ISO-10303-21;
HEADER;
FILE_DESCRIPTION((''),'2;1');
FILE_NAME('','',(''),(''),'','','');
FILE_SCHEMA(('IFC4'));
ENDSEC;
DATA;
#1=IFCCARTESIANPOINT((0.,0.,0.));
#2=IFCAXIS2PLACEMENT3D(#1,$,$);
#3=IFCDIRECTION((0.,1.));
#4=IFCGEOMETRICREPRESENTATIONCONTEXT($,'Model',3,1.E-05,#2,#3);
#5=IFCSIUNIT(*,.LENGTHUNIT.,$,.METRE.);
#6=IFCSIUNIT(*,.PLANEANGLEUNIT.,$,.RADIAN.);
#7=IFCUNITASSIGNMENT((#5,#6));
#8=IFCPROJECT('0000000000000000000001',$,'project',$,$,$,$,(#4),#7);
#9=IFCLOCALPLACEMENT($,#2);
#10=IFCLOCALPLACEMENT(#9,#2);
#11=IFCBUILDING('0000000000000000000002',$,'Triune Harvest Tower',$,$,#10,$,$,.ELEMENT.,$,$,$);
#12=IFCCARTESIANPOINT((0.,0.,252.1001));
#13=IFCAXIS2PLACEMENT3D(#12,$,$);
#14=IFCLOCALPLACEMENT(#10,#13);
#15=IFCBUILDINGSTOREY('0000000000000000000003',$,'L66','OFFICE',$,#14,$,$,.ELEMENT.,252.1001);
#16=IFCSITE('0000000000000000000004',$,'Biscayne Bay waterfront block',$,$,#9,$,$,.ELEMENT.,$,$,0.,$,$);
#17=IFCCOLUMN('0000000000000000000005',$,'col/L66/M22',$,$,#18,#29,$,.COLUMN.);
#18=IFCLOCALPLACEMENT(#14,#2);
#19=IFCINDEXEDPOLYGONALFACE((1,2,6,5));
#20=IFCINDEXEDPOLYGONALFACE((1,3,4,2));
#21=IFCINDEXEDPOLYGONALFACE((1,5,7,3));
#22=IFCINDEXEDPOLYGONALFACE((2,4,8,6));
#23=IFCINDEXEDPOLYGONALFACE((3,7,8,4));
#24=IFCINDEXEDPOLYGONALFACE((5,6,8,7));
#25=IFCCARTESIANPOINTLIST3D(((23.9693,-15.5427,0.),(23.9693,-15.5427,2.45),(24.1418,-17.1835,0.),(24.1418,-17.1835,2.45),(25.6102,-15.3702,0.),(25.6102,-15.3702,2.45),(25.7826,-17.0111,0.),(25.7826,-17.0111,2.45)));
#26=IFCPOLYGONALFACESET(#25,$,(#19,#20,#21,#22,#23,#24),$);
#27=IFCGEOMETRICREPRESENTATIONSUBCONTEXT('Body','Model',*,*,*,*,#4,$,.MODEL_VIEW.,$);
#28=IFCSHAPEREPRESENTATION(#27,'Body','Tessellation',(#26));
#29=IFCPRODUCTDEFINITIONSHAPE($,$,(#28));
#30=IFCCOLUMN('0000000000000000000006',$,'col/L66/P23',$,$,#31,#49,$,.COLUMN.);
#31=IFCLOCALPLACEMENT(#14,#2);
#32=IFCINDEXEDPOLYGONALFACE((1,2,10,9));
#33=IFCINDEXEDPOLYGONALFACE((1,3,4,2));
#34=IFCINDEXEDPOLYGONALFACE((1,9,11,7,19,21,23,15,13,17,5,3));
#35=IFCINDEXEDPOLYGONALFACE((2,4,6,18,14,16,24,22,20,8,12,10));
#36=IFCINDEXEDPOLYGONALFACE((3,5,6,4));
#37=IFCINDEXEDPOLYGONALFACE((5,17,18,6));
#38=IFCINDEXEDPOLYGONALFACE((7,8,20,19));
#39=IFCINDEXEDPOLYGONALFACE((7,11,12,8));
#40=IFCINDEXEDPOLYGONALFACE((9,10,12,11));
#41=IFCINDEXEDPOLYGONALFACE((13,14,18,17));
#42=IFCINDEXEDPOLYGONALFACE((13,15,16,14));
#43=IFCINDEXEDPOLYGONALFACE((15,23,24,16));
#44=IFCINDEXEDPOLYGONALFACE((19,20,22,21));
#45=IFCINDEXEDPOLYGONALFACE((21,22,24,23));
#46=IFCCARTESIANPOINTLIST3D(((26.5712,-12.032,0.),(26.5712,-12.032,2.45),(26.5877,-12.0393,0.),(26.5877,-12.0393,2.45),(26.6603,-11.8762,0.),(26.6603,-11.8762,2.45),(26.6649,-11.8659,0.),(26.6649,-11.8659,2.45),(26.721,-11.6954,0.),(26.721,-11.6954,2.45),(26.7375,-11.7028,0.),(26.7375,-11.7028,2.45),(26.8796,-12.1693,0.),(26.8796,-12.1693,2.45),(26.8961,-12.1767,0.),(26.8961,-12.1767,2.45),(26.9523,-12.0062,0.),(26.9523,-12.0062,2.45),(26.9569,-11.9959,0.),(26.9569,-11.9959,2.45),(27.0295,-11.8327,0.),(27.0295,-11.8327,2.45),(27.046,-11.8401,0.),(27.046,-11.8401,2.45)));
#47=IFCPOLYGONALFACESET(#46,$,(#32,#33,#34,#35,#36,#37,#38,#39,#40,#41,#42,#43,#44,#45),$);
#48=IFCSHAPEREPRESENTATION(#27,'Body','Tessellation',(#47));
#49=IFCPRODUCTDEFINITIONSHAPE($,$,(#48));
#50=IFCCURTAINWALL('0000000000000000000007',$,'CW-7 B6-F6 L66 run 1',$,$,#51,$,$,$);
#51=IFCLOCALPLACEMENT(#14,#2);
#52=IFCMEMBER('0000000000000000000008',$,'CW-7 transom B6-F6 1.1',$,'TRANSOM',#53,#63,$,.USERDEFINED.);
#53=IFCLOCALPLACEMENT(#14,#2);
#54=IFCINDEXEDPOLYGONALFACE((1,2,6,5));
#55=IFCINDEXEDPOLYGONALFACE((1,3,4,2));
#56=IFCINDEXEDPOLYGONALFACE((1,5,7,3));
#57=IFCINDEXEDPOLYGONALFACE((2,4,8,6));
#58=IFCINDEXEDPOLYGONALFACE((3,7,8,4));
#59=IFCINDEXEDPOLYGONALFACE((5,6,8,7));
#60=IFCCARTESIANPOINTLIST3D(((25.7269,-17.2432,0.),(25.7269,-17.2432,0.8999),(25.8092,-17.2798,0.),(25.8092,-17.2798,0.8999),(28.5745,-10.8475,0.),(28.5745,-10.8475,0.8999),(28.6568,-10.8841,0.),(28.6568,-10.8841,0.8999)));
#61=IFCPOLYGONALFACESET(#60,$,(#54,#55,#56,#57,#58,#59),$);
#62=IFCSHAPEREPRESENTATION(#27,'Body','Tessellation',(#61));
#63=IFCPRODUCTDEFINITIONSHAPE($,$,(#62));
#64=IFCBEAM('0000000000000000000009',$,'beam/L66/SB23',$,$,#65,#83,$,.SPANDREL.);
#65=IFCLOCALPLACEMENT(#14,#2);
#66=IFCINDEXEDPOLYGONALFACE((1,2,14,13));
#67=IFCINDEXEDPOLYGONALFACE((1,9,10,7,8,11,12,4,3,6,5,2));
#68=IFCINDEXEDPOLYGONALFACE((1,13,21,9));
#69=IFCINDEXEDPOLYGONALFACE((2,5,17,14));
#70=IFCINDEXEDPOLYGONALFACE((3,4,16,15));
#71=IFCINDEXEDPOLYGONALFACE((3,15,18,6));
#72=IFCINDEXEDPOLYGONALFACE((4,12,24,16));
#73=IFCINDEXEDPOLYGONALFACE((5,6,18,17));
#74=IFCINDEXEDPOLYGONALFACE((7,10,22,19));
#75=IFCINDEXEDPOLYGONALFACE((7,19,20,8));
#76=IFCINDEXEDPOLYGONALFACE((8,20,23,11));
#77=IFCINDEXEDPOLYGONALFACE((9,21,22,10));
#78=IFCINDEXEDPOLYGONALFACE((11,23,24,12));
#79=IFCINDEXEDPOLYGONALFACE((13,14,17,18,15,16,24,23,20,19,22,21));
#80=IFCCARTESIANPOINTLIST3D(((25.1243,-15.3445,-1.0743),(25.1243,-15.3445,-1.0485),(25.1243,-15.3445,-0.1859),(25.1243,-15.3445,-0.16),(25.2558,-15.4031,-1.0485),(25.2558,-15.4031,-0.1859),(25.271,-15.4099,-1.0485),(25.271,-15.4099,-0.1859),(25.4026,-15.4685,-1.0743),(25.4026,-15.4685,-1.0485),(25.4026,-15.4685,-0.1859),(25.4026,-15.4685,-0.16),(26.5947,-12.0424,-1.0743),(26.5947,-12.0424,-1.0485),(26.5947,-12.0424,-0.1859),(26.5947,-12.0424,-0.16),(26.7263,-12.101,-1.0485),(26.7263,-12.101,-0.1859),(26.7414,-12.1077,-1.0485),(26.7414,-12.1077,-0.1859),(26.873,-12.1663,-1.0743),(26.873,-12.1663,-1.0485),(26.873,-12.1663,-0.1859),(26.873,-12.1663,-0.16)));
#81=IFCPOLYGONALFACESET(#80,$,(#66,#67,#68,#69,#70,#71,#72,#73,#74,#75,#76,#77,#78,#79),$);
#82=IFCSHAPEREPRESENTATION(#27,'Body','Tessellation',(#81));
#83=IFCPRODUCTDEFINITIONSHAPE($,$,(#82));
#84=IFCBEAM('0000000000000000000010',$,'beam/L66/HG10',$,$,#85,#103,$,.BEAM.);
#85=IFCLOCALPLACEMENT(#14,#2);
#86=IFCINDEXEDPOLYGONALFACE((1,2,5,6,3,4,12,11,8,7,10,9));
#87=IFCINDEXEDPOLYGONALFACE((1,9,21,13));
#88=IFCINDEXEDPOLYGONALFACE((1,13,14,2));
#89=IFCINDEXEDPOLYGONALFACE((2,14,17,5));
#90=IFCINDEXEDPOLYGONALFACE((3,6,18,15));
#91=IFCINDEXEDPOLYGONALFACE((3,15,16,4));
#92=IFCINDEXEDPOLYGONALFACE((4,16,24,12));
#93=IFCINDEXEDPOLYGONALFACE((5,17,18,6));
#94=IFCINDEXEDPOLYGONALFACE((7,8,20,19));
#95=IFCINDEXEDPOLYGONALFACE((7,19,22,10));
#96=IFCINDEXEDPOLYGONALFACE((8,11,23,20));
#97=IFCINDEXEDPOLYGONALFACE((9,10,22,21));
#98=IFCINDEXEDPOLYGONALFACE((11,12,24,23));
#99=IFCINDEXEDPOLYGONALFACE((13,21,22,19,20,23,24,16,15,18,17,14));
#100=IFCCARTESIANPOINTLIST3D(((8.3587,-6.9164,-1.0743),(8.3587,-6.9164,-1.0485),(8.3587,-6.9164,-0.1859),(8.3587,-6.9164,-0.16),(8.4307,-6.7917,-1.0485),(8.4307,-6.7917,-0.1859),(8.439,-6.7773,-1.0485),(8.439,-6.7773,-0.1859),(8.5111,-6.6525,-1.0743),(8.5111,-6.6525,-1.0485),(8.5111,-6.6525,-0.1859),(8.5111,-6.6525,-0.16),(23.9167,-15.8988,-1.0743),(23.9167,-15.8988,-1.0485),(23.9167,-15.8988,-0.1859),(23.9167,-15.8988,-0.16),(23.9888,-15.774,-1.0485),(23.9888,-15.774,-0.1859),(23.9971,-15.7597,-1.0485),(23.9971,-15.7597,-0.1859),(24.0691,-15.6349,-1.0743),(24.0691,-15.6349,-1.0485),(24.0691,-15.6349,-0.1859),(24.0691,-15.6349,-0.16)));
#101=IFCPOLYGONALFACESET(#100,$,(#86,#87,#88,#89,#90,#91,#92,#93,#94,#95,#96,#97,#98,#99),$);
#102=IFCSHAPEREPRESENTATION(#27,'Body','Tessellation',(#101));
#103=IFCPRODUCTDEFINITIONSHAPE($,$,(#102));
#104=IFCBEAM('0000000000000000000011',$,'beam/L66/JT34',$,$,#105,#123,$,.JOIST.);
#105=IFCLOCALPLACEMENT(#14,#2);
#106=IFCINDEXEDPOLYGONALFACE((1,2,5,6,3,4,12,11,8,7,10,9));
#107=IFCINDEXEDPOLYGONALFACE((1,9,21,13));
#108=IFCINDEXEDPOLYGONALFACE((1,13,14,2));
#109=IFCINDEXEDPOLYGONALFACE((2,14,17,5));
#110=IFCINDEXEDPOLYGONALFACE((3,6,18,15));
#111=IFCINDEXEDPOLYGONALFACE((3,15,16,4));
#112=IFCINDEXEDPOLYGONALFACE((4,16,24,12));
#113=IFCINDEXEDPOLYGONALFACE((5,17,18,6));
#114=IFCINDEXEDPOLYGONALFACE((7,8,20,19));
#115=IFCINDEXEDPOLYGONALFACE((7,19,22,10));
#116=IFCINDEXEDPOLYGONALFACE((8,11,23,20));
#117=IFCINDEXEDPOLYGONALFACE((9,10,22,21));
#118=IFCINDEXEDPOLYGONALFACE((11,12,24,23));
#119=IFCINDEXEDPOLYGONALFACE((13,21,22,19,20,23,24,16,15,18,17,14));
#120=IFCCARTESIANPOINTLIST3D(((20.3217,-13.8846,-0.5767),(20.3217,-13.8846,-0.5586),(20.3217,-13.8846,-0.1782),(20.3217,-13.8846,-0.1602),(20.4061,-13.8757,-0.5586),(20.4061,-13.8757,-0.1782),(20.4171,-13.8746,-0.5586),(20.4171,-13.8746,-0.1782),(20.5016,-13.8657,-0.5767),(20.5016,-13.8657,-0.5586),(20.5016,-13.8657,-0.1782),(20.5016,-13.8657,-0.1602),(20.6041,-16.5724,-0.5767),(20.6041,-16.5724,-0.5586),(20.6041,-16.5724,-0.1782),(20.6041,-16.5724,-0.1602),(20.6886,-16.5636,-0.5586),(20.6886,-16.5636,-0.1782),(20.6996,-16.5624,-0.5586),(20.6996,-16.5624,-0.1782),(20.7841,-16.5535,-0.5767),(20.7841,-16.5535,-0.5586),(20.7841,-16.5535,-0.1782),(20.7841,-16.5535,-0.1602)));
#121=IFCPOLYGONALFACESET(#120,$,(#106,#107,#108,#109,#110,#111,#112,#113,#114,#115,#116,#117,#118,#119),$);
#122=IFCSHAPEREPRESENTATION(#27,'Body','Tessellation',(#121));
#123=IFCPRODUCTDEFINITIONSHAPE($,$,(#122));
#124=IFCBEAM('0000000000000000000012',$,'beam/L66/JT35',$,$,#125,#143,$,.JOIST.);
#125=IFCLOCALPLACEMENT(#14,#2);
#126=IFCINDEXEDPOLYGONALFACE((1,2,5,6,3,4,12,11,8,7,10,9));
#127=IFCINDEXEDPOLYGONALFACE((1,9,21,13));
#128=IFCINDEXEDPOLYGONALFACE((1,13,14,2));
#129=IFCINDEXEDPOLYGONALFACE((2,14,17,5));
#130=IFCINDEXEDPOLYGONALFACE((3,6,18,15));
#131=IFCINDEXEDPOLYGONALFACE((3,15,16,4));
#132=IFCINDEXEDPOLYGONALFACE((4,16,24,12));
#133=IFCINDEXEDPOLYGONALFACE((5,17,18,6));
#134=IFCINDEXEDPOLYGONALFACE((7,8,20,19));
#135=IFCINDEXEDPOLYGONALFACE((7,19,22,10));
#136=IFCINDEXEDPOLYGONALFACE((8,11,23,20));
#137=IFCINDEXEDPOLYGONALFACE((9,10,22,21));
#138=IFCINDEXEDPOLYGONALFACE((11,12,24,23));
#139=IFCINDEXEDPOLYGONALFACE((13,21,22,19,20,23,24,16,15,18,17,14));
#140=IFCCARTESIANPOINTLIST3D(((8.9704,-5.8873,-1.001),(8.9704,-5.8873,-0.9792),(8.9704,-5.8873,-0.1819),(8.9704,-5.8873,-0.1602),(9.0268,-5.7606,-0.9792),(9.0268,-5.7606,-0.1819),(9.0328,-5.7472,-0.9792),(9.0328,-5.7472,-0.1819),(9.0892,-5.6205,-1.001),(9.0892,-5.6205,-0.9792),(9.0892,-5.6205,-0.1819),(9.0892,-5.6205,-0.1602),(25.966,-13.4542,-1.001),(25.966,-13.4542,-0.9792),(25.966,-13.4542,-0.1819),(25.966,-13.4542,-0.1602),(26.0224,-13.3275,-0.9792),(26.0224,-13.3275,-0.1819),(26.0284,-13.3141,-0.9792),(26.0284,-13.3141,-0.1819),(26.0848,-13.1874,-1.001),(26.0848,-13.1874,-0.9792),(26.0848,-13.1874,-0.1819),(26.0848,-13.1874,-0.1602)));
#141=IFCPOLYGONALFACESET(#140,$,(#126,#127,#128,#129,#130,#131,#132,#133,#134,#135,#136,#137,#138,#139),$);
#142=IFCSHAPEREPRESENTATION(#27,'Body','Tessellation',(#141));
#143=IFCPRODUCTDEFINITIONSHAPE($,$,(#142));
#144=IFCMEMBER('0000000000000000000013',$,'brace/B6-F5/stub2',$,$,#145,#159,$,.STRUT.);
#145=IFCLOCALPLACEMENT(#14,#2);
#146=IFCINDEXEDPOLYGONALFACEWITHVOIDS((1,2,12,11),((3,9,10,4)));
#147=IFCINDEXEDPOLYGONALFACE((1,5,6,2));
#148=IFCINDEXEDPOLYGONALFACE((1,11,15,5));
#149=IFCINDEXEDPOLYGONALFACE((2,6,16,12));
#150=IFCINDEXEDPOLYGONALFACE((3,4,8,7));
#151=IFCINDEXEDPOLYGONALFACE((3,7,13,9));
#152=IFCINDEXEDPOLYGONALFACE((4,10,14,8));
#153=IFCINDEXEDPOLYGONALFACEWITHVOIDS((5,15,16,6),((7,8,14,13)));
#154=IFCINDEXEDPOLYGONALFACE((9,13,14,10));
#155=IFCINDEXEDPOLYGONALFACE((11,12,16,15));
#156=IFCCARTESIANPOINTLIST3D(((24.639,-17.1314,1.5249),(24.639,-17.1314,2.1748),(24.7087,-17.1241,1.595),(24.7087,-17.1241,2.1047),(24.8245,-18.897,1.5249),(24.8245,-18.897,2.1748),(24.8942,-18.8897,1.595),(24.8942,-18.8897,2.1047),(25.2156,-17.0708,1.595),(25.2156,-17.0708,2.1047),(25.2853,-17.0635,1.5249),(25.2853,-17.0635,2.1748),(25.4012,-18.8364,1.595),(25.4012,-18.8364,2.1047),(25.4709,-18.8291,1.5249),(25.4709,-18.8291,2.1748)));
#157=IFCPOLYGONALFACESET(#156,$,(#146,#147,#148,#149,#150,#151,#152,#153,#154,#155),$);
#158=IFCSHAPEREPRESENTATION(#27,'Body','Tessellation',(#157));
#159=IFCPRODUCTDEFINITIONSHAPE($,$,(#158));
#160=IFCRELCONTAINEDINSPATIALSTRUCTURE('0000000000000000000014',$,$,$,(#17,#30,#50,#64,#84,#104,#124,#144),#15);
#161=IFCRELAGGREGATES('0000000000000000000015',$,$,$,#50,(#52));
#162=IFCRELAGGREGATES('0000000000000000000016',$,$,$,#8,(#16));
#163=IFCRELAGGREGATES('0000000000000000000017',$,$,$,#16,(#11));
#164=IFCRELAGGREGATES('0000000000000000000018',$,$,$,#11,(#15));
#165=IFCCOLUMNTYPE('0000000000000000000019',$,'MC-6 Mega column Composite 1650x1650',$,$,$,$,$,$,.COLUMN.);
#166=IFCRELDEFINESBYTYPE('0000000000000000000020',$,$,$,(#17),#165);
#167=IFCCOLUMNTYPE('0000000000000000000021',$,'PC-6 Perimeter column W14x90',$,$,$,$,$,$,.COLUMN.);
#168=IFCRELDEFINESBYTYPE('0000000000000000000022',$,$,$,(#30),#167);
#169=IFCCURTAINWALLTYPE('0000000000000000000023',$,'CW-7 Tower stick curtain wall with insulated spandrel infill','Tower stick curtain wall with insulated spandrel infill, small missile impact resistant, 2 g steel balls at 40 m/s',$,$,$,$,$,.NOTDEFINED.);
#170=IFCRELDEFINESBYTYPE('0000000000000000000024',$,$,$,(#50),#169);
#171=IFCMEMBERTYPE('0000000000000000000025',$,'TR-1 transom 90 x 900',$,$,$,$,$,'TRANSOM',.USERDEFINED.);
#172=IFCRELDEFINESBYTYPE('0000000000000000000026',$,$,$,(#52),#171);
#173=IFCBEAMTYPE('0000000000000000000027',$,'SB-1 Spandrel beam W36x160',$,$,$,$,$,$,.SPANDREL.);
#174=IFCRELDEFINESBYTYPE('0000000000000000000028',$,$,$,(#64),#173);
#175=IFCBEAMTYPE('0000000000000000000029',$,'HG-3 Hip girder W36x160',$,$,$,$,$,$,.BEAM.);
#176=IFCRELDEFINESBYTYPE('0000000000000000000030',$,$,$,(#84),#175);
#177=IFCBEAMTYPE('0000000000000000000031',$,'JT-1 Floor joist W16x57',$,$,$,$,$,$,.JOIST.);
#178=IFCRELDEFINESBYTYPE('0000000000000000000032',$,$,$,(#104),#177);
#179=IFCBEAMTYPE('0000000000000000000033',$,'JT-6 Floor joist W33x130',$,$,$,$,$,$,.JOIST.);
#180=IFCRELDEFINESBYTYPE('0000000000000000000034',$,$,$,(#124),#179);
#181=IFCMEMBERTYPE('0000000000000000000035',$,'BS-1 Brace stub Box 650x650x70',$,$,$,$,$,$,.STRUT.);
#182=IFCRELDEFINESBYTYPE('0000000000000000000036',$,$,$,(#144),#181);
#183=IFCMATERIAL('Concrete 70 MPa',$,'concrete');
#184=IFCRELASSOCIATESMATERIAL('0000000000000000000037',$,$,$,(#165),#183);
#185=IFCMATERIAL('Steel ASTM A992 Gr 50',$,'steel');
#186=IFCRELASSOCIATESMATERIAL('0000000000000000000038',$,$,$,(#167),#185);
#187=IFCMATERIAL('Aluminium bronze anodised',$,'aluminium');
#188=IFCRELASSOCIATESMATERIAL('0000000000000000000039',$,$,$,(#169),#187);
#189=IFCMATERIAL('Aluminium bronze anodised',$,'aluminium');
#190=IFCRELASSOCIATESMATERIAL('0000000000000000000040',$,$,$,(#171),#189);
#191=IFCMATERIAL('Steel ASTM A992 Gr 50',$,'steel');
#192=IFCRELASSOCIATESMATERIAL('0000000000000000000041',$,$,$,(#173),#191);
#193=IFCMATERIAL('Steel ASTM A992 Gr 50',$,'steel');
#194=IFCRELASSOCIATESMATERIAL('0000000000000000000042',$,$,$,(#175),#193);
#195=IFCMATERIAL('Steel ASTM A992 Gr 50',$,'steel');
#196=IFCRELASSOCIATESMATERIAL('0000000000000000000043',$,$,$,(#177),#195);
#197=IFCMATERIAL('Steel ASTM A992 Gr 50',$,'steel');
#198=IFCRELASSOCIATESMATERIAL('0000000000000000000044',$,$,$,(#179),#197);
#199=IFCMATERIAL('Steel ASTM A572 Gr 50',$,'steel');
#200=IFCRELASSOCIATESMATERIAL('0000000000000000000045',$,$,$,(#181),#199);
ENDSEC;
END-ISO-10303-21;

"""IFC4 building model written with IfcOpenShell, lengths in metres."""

from ifc_helpers import new_model, si_unit, direction, frame, origin, origin_2d, place, context, subcontext, project, spatial, rectangle, hollow_rectangle, i_section, extrude, source, transform, mapped, material, material_profile, profile_set, type_object, element, aggregate, save


model = new_model("IFC4")

# Units and contexts
model_context = context("Model", 3, precision=1e-05, world=origin(), true_north=direction((0.0, 1.0)))
body_context = subcontext(model_context, "Body", "Model", "MODEL_VIEW")
ifc_project = project(units=[si_unit("LENGTHUNIT", "METRE"), si_unit("PLANEANGLEUNIT", "RADIAN")], contexts=[model_context])

# Site, building, storey
site_placement = place(None, origin())
site = spatial("IfcSite", under=ifc_project, at=site_placement, Name="Biscayne Bay waterfront block", CompositionType="ELEMENT", RefElevation=0.0)
building_placement = place(site_placement, origin())
building = spatial("IfcBuilding", under=site, at=building_placement, Name="Triune Harvest Tower", CompositionType="ELEMENT")
storey_placement = place(building_placement, frame((0.0, 0.0, 252.1001)))
storey = spatial("IfcBuildingStorey", under=building, at=storey_placement, Name="L66", Description="OFFICE", CompositionType="ELEMENT", Elevation=252.1001)

# Columns
ifc_material_1 = material(Name="Concrete 70 MPa", Category="concrete")
ifc_material_profile_1 = material_profile(ifc_material_1, rectangle(XDim=1.6499, YDim=1.6499, at=origin_2d()), Name="Composite 1650x1650")
ifc_profile_set_1 = profile_set([ifc_material_profile_1], Name="Concrete 70 MPa")
column_type_1 = type_object("IfcColumnType", Name="MC-6 Mega column Composite 1650x1650", PredefinedType="COLUMN", material=ifc_profile_set_1)
shared_shape_1 = source(origin(), body_context, "Body", "SweptSolid", [
    extrude(rectangle(XDim=1.6499, YDim=1.6499, at=origin_2d()), origin(), (0.0, 0.0, 1.0), 2.45),
])
column_1_placement = place(storey_placement, frame((24.876, -16.2769, 0.0), z_axis=(0.0, 0.0, 1.0), x_axis=(0.994522, 0.10453, 0.0)))
element("IfcColumn", 1, at=column_1_placement, inside=storey, type_object=column_type_1, Name="col/L66/M22", PredefinedType="COLUMN", context=body_context, shape_type="MappedRepresentation", body=[
    mapped(shared_shape_1, transform((0.0, 0.0, 0.0), scale=1.0)),
])
ifc_material_2 = material(Name="Steel ASTM A992 Gr 50", Category="steel")
ifc_material_profile_2 = material_profile(ifc_material_2, i_section(OverallWidth=0.3684, OverallDepth=0.3557, WebThickness=0.0112, FlangeThickness=0.0181, at=origin_2d()), Name="W14x90")
ifc_profile_set_2 = profile_set([ifc_material_profile_2], Name="Steel ASTM A992 Gr 50")
column_type_2 = type_object("IfcColumnType", Name="PC-6 Perimeter column W14x90", PredefinedType="COLUMN", material=ifc_profile_set_2)
shared_shape_2 = source(origin(), body_context, "Body", "SweptSolid", [
    extrude(i_section(OverallWidth=0.3684, OverallDepth=0.3557, WebThickness=0.0112, FlangeThickness=0.0181, at=origin_2d()), origin(), (0.0, 0.0, 1.0), 2.45),
])
column_2_placement = place(storey_placement, frame((26.8086, -11.936, 0.0), z_axis=(0.0, 0.0, 1.0), x_axis=(0.406741, 0.913543, 0.0)))
element("IfcColumn", 2, at=column_2_placement, inside=storey, type_object=column_type_2, Name="col/L66/P23", PredefinedType="COLUMN", context=body_context, shape_type="MappedRepresentation", body=[
    mapped(shared_shape_2, transform((0.0, 0.0, 0.0), scale=1.0)),
])

# Curtain wall, member
ifc_material_3 = material(Name="Aluminium bronze anodised", Category="aluminium")
curtain_wall_type_1 = type_object("IfcCurtainWallType", Name="CW-7 Tower stick curtain wall with insulated spandrel infill", Description="Tower stick curtain wall with insulated spandrel infill, small missile impact resistant, 2 g steel balls at 40 m/s", PredefinedType="NOTDEFINED", material=ifc_material_3)
curtain_wall_1_placement = place(storey_placement, origin())
curtain_wall_1 = element("IfcCurtainWall", 3, at=curtain_wall_1_placement, inside=storey, type_object=curtain_wall_type_1, Name="CW-7 B6-F6 L66 run 1")
ifc_material_4 = material(Name="Aluminium bronze anodised", Category="aluminium")
ifc_material_profile_3 = material_profile(ifc_material_4, rectangle(XDim=0.0901, YDim=0.8999, at=origin_2d()), Name="TR-1 transom 90 x 900")
ifc_profile_set_3 = profile_set([ifc_material_profile_3], Name="Aluminium bronze anodised")
member_type_1 = type_object("IfcMemberType", Name="TR-1 transom 90 x 900", ElementType="TRANSOM", PredefinedType="USERDEFINED", material=ifc_profile_set_3)
member_1_placement = place(storey_placement, frame((25.7681, -17.2615, 0.45), z_axis=(0.406747, 0.913541, 0.0), x_axis=(-0.913541, 0.406747, 0.0)))
member_1 = element("IfcMember", 4, at=member_1_placement, type_object=member_type_1, Name="CW-7 transom B6-F6 1.1", ObjectType="TRANSOM", PredefinedType="USERDEFINED", context=body_context, shape_type="SweptSolid", body=[
    extrude(rectangle(XDim=0.0901, YDim=0.8999, at=origin_2d()), origin(), (0.0, 0.0, 1.0), 7.001),
])

# Beams
ifc_material_5 = material(Name="Steel ASTM A992 Gr 50", Category="steel")
ifc_material_profile_4 = material_profile(ifc_material_5, i_section(OverallWidth=0.3047, OverallDepth=0.9143, WebThickness=0.0166, FlangeThickness=0.0259, at=origin_2d()), Name="W36x160")
ifc_profile_set_4 = profile_set([ifc_material_profile_4], Name="Steel ASTM A992 Gr 50")
beam_type_1 = type_object("IfcBeamType", Name="SB-1 Spandrel beam W36x160", PredefinedType="SPANDREL", material=ifc_profile_set_4)
shared_shape_3 = source(origin(), body_context, "Body", "SweptSolid", [
    extrude(i_section(OverallWidth=0.3047, OverallDepth=0.9143, WebThickness=0.0166, FlangeThickness=0.0259, at=origin_2d()), origin(), (0.0, 0.0, 1.0), 3.6147),
])
beam_1_placement = place(storey_placement, frame((25.2634, -15.4065, -0.6172), z_axis=(0.406784, 0.913524, 0.0), x_axis=(-0.913524, 0.406784, 0.0)))
element("IfcBeam", 5, at=beam_1_placement, inside=storey, type_object=beam_type_1, Name="beam/L66/SB23", PredefinedType="SPANDREL", context=body_context, shape_type="MappedRepresentation", body=[
    mapped(shared_shape_3, transform((0.0, 0.0, 0.0), scale=1.0)),
])
ifc_material_6 = material(Name="Steel ASTM A992 Gr 50", Category="steel")
ifc_material_profile_5 = material_profile(ifc_material_6, i_section(OverallWidth=0.3047, OverallDepth=0.9143, WebThickness=0.0166, FlangeThickness=0.0259, at=origin_2d()), Name="W36x160")
ifc_profile_set_5 = profile_set([ifc_material_profile_5], Name="Steel ASTM A992 Gr 50")
beam_type_2 = type_object("IfcBeamType", Name="HG-3 Hip girder W36x160", PredefinedType="BEAM", material=ifc_profile_set_5)
shared_shape_4 = source(origin(), body_context, "Body", "SweptSolid", [
    extrude(i_section(OverallWidth=0.3047, OverallDepth=0.9143, WebThickness=0.0166, FlangeThickness=0.0259, at=origin_2d()), origin(), (0.0, 0.0, 1.0), 17.9648),
])
beam_2_placement = place(storey_placement, frame((23.9929, -15.7668, -0.6172), z_axis=(-0.866027, 0.499998, 0.0), x_axis=(-0.499998, -0.866027, 0.0)))
element("IfcBeam", 6, at=beam_2_placement, inside=storey, type_object=beam_type_2, Name="beam/L66/HG10", PredefinedType="BEAM", context=body_context, shape_type="MappedRepresentation", body=[
    mapped(shared_shape_4, transform((0.0, 0.0, 0.0), scale=1.0)),
])
ifc_material_7 = material(Name="Steel ASTM A992 Gr 50", Category="steel")
ifc_material_profile_6 = material_profile(ifc_material_7, i_section(OverallWidth=0.1809, OverallDepth=0.4165, WebThickness=0.011, FlangeThickness=0.0181, at=origin_2d()), Name="W16x57")
ifc_profile_set_6 = profile_set([ifc_material_profile_6], Name="Steel ASTM A992 Gr 50")
beam_type_3 = type_object("IfcBeamType", Name="JT-1 Floor joist W16x57", PredefinedType="JOIST", material=ifc_profile_set_6)
shared_shape_5 = source(origin(), body_context, "Body", "SweptSolid", [
    extrude(i_section(OverallWidth=0.1809, OverallDepth=0.4165, WebThickness=0.011, FlangeThickness=0.0181, at=origin_2d()), origin(), (0.0, 0.0, 1.0), 2.7026),
])
beam_3_placement = place(storey_placement, frame((20.6941, -16.563, -0.3684), z_axis=(-0.10452, 0.994523, 0.0), x_axis=(-0.994523, -0.10452, 0.0)))
element("IfcBeam", 7, at=beam_3_placement, inside=storey, type_object=beam_type_3, Name="beam/L66/JT34", PredefinedType="JOIST", context=body_context, shape_type="MappedRepresentation", body=[
    mapped(shared_shape_5, transform((0.0, 0.0, 0.0), scale=1.0)),
])
ifc_material_8 = material(Name="Steel ASTM A992 Gr 50", Category="steel")
ifc_material_profile_7 = material_profile(ifc_material_8, i_section(OverallWidth=0.292, OverallDepth=0.8408, WebThickness=0.0146, FlangeThickness=0.0217, at=origin_2d()), Name="W33x130")
ifc_profile_set_7 = profile_set([ifc_material_profile_7], Name="Steel ASTM A992 Gr 50")
beam_type_4 = type_object("IfcBeamType", Name="JT-6 Floor joist W33x130", PredefinedType="JOIST", material=ifc_profile_set_7)
shared_shape_6 = source(origin(), body_context, "Body", "SweptSolid", [
    extrude(i_section(OverallWidth=0.292, OverallDepth=0.8408, WebThickness=0.0146, FlangeThickness=0.0217, at=origin_2d()), origin(), (0.0, 0.0, 1.0), 18.604),
])
beam_4_placement = place(storey_placement, frame((26.0254, -13.3208, -0.5806), z_axis=(-0.913546, 0.406735, 0.0), x_axis=(-0.406735, -0.913546, 0.0)))
element("IfcBeam", 8, at=beam_4_placement, inside=storey, type_object=beam_type_4, Name="beam/L66/JT35", PredefinedType="JOIST", context=body_context, shape_type="MappedRepresentation", body=[
    mapped(shared_shape_6, transform((0.0, 0.0, 0.0), scale=1.0)),
])

# Member
ifc_material_9 = material(Name="Steel ASTM A572 Gr 50", Category="steel")
ifc_material_profile_8 = material_profile(ifc_material_9, hollow_rectangle(XDim=0.6499, YDim=0.6499, WallThickness=0.0701, at=origin_2d()), Name="Box 650x650x70")
ifc_profile_set_8 = profile_set([ifc_material_profile_8], Name="Steel ASTM A572 Gr 50")
member_type_2 = type_object("IfcMemberType", Name="BS-1 Brace stub Box 650x650x70", PredefinedType="STRUT", material=ifc_profile_set_8)
shared_shape_7 = source(origin(), body_context, "Body", "SweptSolid", [
    extrude(hollow_rectangle(XDim=0.6499, YDim=0.6499, WallThickness=0.0701, at=origin_2d()), origin(), (0.0, 0.0, 1.0), 1.7754),
])
member_2_placement = place(storey_placement, frame((24.9622, -17.0974, 1.8499), z_axis=(0.104513, -0.994524, 0.0), x_axis=(0.994524, 0.104513, 0.0)))
element("IfcMember", 9, at=member_2_placement, inside=storey, type_object=member_type_2, Name="brace/B6-F5/stub2", PredefinedType="STRUT", context=body_context, shape_type="MappedRepresentation", body=[
    mapped(shared_shape_7, transform((0.0, 0.0, 0.0), scale=1.0)),
])

aggregate(curtain_wall_1, [member_1])

save(model, "model.ifc")
